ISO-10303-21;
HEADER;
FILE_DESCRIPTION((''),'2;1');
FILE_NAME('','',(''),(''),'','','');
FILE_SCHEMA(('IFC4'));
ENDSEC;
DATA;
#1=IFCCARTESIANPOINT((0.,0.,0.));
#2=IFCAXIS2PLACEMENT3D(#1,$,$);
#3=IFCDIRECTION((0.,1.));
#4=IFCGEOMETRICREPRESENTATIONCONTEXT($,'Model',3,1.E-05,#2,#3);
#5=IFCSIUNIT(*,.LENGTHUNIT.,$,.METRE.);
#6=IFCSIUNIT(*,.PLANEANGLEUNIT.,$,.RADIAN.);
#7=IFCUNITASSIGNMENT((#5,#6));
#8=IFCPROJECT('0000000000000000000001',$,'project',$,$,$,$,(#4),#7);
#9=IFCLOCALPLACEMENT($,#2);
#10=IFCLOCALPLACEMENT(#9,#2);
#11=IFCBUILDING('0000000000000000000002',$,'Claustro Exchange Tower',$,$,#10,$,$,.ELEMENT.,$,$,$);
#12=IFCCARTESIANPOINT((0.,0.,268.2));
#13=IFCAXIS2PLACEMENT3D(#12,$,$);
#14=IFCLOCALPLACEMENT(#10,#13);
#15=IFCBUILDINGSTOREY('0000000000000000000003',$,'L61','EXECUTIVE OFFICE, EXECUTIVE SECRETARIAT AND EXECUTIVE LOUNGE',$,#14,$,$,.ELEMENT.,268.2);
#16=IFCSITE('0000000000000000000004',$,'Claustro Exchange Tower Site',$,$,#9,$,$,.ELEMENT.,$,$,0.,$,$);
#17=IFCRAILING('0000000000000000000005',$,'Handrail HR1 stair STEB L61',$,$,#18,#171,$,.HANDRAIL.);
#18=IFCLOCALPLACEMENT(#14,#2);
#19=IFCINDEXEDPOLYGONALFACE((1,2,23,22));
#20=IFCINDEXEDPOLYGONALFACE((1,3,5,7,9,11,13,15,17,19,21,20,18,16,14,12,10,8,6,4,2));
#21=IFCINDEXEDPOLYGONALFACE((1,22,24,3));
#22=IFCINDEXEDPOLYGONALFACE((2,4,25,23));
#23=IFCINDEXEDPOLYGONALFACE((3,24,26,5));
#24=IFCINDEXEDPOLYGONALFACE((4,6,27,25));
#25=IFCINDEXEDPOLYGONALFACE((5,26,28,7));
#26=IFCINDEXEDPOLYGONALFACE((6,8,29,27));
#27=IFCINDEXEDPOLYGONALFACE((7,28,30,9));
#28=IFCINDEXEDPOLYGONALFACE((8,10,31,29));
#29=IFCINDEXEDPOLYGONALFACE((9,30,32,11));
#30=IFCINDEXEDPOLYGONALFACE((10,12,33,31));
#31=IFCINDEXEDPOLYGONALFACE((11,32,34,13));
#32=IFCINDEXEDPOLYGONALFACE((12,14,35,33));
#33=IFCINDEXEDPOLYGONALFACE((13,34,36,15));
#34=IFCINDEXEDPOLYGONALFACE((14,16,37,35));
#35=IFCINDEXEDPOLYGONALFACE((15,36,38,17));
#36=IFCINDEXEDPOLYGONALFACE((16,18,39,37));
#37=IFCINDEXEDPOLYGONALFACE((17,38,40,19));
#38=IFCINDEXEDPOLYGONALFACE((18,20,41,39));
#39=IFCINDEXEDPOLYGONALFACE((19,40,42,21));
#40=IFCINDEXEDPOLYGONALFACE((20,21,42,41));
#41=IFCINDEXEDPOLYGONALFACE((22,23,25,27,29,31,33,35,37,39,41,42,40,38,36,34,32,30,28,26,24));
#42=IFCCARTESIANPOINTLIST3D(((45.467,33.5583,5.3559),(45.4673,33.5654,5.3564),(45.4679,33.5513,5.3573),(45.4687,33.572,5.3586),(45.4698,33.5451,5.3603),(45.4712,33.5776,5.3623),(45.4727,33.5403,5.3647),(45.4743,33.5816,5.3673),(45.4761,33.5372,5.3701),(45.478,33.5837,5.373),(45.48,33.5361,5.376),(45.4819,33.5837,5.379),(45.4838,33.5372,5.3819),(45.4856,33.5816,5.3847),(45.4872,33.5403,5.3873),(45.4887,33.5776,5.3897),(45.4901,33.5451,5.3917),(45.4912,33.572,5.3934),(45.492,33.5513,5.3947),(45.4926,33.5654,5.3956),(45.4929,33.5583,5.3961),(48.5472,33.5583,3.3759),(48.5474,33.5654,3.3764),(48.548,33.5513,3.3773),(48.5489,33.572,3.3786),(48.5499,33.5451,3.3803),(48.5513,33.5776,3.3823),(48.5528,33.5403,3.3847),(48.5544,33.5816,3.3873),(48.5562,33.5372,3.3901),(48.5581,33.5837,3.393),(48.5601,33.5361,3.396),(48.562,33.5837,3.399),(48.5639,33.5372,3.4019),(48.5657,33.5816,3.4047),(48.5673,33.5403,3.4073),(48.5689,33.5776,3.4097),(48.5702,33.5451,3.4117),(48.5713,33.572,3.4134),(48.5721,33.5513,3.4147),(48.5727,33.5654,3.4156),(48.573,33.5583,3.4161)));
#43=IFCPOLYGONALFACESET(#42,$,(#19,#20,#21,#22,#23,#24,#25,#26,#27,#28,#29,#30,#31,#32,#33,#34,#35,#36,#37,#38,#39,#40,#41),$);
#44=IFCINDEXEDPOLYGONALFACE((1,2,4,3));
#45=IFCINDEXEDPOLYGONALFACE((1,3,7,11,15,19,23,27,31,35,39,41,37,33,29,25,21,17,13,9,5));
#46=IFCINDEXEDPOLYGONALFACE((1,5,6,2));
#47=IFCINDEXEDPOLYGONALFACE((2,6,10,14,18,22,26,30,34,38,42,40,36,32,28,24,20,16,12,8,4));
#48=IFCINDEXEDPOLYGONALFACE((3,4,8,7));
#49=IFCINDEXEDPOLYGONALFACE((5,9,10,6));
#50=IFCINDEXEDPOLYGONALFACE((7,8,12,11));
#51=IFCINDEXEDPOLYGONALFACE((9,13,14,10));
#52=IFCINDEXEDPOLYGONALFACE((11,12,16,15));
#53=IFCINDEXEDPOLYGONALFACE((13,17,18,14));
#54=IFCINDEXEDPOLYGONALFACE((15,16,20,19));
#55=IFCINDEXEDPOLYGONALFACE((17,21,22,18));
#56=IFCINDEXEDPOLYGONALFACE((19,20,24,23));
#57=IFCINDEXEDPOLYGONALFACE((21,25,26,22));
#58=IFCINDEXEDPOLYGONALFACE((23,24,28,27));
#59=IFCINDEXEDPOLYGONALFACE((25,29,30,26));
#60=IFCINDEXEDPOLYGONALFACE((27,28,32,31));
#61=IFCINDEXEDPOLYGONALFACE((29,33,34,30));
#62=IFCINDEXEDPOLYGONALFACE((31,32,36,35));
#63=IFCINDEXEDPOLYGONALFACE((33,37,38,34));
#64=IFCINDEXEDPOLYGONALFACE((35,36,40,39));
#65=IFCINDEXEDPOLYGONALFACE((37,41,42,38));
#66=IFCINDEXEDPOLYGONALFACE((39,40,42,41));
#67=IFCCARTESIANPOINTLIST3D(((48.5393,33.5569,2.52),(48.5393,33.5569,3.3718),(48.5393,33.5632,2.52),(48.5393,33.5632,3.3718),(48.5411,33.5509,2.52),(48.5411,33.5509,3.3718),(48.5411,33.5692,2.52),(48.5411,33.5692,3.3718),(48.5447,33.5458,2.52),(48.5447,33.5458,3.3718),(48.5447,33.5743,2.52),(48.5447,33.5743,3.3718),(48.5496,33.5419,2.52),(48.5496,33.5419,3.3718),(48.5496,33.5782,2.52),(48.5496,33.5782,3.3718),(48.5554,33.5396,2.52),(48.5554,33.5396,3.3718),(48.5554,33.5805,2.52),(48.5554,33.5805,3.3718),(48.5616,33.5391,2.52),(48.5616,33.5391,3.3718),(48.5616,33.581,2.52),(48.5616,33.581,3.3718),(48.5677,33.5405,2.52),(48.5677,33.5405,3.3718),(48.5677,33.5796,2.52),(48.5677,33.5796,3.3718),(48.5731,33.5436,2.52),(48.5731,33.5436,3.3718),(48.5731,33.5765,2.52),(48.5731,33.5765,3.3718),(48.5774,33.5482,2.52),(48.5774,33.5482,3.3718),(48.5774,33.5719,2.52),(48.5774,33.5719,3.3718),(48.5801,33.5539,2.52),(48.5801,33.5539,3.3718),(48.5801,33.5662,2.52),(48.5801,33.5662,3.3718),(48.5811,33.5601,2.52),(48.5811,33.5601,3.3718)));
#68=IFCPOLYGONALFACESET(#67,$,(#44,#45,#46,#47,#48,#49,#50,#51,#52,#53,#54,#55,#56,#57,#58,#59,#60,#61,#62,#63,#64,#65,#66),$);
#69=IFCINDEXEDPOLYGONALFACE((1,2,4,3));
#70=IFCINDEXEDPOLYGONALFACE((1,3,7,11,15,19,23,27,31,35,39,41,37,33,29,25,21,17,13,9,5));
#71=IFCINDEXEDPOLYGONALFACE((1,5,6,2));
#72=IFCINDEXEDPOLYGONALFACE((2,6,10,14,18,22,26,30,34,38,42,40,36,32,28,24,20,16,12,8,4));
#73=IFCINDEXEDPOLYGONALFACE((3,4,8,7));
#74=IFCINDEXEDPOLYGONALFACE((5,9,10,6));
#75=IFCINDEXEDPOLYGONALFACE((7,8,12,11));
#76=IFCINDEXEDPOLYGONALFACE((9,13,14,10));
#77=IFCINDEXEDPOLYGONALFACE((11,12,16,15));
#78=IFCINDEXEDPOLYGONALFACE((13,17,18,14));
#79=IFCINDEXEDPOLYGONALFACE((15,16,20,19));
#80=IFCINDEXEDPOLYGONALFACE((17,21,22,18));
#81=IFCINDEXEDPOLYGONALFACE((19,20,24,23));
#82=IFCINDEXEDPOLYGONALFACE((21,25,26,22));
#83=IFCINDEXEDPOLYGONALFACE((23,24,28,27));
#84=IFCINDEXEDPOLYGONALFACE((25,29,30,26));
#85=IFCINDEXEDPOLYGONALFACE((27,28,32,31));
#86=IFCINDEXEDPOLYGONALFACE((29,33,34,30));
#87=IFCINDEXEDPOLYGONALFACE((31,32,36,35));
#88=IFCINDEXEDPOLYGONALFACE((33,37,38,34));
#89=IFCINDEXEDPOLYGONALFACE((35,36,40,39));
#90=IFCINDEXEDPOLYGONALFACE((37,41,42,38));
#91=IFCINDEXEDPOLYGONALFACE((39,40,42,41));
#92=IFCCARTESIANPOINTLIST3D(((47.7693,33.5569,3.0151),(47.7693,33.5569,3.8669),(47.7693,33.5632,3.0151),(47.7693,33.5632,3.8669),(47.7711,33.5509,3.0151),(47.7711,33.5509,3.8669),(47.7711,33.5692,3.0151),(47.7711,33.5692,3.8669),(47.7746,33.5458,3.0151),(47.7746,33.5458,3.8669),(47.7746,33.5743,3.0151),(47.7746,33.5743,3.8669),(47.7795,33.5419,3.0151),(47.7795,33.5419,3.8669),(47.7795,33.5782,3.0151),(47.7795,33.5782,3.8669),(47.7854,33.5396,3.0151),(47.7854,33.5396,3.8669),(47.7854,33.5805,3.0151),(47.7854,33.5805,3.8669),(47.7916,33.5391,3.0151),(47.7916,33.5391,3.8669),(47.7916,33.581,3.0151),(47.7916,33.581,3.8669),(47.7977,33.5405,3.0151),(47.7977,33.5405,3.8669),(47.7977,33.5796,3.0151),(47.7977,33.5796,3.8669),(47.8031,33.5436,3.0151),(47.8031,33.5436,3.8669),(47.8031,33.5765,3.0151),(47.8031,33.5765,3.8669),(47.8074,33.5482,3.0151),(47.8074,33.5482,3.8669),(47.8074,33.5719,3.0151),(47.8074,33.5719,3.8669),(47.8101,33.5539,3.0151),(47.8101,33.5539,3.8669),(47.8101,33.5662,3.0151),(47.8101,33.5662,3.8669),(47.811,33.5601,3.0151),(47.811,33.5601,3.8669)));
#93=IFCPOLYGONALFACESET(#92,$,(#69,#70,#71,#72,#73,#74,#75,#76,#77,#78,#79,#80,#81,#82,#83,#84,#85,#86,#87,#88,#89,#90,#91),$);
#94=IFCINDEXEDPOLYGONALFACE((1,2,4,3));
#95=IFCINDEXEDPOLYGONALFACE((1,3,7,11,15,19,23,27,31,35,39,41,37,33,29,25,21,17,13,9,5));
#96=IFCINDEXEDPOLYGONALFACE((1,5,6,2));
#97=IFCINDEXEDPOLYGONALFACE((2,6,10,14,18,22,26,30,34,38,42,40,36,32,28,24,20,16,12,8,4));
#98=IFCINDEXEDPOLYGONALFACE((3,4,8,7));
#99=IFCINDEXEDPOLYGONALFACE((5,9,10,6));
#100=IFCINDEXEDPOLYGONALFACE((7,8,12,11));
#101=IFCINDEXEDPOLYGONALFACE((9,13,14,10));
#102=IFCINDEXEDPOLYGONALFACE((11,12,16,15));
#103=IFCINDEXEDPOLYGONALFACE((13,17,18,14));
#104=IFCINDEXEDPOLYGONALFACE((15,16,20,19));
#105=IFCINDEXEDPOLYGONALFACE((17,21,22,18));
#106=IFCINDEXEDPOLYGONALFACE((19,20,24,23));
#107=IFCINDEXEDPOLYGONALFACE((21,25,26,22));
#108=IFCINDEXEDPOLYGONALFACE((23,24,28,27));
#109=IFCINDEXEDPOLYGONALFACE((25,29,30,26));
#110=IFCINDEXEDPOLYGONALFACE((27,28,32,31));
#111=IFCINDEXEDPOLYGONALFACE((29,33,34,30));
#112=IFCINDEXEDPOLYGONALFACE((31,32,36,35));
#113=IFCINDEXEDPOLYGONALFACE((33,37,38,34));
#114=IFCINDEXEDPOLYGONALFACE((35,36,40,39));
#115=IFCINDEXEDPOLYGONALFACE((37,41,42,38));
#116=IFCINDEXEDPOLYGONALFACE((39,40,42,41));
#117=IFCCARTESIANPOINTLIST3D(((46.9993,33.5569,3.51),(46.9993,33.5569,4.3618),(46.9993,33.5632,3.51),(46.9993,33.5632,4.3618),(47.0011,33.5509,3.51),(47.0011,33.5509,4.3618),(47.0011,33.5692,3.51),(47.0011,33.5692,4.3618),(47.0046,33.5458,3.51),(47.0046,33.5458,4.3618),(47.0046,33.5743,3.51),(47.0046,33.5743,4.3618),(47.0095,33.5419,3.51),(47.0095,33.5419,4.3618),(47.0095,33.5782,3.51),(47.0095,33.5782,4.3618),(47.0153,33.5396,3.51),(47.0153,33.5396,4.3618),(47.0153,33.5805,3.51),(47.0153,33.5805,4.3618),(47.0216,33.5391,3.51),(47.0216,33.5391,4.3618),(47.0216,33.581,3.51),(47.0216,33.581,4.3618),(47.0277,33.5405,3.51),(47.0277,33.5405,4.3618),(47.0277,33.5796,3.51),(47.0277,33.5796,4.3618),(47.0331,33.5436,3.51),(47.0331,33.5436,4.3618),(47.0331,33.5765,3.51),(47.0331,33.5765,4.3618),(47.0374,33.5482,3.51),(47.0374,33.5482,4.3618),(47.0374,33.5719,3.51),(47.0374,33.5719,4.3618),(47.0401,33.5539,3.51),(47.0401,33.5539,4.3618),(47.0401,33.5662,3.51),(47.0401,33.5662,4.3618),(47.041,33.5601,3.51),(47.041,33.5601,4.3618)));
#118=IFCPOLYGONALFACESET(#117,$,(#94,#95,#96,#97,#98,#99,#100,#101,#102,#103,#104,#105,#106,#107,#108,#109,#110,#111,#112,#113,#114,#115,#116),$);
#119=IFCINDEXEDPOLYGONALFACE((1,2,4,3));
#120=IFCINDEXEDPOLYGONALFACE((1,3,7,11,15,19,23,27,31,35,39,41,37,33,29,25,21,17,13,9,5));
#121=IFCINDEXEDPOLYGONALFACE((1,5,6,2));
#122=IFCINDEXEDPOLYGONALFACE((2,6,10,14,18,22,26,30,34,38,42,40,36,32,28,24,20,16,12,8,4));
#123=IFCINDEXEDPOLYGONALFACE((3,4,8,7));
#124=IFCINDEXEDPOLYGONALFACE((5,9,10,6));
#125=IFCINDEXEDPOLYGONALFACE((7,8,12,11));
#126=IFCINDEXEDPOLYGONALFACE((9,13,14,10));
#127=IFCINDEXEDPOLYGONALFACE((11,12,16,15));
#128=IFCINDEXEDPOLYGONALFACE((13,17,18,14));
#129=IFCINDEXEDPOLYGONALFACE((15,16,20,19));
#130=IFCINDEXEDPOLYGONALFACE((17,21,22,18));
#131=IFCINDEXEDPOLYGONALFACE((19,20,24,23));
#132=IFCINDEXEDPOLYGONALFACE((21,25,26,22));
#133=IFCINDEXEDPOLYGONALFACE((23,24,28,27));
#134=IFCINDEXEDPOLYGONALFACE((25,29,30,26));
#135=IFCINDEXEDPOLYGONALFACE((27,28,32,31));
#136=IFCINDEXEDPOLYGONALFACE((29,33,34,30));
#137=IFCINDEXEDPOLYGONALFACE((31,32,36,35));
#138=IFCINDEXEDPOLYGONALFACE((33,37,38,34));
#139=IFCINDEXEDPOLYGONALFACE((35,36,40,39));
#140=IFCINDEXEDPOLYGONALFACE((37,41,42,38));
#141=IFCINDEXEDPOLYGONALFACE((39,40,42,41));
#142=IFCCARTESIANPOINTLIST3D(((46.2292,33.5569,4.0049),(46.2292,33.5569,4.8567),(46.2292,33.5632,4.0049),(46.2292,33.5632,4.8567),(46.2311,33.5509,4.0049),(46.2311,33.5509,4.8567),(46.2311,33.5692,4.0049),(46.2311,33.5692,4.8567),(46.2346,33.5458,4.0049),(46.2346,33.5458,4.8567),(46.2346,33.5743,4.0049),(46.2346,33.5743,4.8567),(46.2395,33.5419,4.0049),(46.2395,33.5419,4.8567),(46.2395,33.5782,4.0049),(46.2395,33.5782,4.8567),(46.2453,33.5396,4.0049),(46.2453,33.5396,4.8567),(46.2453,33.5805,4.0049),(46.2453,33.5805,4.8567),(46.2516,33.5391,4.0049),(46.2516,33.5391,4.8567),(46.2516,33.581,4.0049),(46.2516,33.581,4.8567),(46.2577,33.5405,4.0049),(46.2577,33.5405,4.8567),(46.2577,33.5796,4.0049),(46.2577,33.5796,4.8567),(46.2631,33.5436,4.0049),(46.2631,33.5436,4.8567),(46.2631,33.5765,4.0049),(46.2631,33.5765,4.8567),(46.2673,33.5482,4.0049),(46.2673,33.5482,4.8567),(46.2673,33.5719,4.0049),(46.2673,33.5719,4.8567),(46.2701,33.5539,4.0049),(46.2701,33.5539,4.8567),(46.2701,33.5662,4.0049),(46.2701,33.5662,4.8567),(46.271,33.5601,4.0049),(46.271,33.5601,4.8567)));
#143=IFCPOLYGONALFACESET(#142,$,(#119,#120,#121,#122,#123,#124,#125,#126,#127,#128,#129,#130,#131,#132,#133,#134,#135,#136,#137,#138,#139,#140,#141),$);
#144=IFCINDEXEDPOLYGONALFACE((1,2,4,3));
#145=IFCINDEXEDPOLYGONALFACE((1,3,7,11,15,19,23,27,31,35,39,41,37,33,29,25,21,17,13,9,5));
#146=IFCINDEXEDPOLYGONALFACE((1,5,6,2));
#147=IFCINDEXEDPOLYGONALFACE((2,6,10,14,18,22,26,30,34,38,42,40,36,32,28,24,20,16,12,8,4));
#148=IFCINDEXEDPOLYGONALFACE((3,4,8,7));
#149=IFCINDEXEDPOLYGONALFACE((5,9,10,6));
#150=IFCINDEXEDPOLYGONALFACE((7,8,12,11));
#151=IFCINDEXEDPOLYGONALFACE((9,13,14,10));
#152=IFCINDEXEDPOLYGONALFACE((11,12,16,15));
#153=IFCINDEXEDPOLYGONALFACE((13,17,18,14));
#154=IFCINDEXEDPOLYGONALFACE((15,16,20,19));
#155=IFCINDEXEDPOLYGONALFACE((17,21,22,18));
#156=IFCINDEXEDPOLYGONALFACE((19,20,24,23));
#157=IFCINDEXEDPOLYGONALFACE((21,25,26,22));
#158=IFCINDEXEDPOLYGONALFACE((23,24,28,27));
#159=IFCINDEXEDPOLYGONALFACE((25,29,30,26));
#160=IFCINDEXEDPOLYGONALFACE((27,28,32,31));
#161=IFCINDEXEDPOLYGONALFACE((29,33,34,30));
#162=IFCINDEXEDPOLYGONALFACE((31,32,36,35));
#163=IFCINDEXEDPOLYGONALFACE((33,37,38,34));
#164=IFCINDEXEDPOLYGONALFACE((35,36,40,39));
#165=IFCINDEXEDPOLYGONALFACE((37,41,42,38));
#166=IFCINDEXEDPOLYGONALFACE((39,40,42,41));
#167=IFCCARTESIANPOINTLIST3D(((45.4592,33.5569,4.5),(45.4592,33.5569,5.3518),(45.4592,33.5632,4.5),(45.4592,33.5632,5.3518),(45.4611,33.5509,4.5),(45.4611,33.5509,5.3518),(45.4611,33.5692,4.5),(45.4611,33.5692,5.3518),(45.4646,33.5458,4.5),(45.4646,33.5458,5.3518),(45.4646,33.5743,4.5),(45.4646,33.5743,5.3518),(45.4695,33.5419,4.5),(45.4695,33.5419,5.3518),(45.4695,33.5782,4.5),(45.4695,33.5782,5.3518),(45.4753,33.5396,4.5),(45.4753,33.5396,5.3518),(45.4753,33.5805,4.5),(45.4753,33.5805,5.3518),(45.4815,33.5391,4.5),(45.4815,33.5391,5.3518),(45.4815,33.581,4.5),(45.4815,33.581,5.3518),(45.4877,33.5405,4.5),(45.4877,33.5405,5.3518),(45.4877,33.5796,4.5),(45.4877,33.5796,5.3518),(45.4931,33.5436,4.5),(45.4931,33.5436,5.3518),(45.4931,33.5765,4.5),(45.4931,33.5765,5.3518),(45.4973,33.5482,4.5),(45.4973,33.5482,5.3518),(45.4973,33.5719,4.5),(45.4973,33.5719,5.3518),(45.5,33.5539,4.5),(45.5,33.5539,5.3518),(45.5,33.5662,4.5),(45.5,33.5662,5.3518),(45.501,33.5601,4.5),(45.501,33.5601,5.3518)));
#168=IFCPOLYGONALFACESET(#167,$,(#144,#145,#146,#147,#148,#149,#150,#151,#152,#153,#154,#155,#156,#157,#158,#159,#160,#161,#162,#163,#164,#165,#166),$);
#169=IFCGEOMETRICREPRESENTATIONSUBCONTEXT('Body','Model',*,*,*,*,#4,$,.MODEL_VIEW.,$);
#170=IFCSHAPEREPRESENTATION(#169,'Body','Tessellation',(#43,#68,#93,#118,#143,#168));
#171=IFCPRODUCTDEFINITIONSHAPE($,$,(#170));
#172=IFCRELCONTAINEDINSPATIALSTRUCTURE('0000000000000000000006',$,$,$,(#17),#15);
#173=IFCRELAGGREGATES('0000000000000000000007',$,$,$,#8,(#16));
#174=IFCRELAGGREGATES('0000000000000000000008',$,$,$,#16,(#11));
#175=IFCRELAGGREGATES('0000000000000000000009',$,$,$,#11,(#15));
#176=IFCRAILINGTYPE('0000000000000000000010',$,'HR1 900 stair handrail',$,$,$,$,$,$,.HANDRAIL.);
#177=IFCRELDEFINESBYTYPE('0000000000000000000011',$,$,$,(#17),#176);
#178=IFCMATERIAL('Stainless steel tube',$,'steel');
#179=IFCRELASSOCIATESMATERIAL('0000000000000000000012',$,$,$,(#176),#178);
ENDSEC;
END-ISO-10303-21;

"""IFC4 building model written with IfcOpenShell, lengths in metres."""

from ifc_helpers import new_model, si_unit, direction, frame, origin, origin_2d, place, context, subcontext, project, spatial, circle, extrude, material, type_object, element, save


model = new_model("IFC4")

# Units and contexts
model_context = context("Model", 3, precision=1e-05, world=origin(), true_north=direction((0.0, 1.0)))
body_context = subcontext(model_context, "Body", "Model", "MODEL_VIEW")
ifc_project = project(units=[si_unit("LENGTHUNIT", "METRE"), si_unit("PLANEANGLEUNIT", "RADIAN")], contexts=[model_context])

# Site, building, storey
site_placement = place(None, origin())
site = spatial("IfcSite", under=ifc_project, at=site_placement, Name="Claustro Exchange Tower Site", CompositionType="ELEMENT", RefElevation=0.0)
building_placement = place(site_placement, origin())
building = spatial("IfcBuilding", under=site, at=building_placement, Name="Claustro Exchange Tower", CompositionType="ELEMENT")
storey_placement = place(building_placement, frame((0.0, 0.0, 268.2)))
storey = spatial("IfcBuildingStorey", under=building, at=storey_placement, Name="L61", Description="EXECUTIVE OFFICE, EXECUTIVE SECRETARIAT AND EXECUTIVE LOUNGE", CompositionType="ELEMENT", Elevation=268.2)

# Railing
ifc_material_1 = material(Name="Stainless steel tube", Category="steel")
railing_type_1 = type_object("IfcRailingType", Name="HR1 900 stair handrail", PredefinedType="HANDRAIL", material=ifc_material_1)
railing_1_placement = place(storey_placement, frame((48.5601, 33.5601, 2.52)))
element("IfcRailing", 1, at=railing_1_placement, inside=storey, type_object=railing_type_1, Name="Handrail HR1 stair STEB L61", PredefinedType="HANDRAIL", context=body_context, shape_type="SweptSolid", body=[
    extrude(circle(Radius=0.0239, at=origin_2d()), frame((0.0, 0.0, 0.876), z_axis=(-0.841187, 0.0, 0.540744), x_axis=(0.0, -1.0, 0.0)), (0.0, 0.0, 1.0), 3.6616),
    extrude(circle(Radius=0.021, at=origin_2d()), origin(), (0.0, 0.0, 1.0), 0.8518),
    extrude(circle(Radius=0.021, at=origin_2d()), frame((-0.77, 0.0, 0.4951)), (0.0, 0.0, 1.0), 0.8518),
    extrude(circle(Radius=0.021, at=origin_2d()), frame((-1.54, 0.0, 0.99)), (0.0, 0.0, 1.0), 0.8518),
    extrude(circle(Radius=0.021, at=origin_2d()), frame((-2.3101, 0.0, 1.4849)), (0.0, 0.0, 1.0), 0.8518),
    extrude(circle(Radius=0.021, at=origin_2d()), frame((-3.0801, 0.0, 1.98)), (0.0, 0.0, 1.0), 0.8518),
])

save(model, "model.ifc")
